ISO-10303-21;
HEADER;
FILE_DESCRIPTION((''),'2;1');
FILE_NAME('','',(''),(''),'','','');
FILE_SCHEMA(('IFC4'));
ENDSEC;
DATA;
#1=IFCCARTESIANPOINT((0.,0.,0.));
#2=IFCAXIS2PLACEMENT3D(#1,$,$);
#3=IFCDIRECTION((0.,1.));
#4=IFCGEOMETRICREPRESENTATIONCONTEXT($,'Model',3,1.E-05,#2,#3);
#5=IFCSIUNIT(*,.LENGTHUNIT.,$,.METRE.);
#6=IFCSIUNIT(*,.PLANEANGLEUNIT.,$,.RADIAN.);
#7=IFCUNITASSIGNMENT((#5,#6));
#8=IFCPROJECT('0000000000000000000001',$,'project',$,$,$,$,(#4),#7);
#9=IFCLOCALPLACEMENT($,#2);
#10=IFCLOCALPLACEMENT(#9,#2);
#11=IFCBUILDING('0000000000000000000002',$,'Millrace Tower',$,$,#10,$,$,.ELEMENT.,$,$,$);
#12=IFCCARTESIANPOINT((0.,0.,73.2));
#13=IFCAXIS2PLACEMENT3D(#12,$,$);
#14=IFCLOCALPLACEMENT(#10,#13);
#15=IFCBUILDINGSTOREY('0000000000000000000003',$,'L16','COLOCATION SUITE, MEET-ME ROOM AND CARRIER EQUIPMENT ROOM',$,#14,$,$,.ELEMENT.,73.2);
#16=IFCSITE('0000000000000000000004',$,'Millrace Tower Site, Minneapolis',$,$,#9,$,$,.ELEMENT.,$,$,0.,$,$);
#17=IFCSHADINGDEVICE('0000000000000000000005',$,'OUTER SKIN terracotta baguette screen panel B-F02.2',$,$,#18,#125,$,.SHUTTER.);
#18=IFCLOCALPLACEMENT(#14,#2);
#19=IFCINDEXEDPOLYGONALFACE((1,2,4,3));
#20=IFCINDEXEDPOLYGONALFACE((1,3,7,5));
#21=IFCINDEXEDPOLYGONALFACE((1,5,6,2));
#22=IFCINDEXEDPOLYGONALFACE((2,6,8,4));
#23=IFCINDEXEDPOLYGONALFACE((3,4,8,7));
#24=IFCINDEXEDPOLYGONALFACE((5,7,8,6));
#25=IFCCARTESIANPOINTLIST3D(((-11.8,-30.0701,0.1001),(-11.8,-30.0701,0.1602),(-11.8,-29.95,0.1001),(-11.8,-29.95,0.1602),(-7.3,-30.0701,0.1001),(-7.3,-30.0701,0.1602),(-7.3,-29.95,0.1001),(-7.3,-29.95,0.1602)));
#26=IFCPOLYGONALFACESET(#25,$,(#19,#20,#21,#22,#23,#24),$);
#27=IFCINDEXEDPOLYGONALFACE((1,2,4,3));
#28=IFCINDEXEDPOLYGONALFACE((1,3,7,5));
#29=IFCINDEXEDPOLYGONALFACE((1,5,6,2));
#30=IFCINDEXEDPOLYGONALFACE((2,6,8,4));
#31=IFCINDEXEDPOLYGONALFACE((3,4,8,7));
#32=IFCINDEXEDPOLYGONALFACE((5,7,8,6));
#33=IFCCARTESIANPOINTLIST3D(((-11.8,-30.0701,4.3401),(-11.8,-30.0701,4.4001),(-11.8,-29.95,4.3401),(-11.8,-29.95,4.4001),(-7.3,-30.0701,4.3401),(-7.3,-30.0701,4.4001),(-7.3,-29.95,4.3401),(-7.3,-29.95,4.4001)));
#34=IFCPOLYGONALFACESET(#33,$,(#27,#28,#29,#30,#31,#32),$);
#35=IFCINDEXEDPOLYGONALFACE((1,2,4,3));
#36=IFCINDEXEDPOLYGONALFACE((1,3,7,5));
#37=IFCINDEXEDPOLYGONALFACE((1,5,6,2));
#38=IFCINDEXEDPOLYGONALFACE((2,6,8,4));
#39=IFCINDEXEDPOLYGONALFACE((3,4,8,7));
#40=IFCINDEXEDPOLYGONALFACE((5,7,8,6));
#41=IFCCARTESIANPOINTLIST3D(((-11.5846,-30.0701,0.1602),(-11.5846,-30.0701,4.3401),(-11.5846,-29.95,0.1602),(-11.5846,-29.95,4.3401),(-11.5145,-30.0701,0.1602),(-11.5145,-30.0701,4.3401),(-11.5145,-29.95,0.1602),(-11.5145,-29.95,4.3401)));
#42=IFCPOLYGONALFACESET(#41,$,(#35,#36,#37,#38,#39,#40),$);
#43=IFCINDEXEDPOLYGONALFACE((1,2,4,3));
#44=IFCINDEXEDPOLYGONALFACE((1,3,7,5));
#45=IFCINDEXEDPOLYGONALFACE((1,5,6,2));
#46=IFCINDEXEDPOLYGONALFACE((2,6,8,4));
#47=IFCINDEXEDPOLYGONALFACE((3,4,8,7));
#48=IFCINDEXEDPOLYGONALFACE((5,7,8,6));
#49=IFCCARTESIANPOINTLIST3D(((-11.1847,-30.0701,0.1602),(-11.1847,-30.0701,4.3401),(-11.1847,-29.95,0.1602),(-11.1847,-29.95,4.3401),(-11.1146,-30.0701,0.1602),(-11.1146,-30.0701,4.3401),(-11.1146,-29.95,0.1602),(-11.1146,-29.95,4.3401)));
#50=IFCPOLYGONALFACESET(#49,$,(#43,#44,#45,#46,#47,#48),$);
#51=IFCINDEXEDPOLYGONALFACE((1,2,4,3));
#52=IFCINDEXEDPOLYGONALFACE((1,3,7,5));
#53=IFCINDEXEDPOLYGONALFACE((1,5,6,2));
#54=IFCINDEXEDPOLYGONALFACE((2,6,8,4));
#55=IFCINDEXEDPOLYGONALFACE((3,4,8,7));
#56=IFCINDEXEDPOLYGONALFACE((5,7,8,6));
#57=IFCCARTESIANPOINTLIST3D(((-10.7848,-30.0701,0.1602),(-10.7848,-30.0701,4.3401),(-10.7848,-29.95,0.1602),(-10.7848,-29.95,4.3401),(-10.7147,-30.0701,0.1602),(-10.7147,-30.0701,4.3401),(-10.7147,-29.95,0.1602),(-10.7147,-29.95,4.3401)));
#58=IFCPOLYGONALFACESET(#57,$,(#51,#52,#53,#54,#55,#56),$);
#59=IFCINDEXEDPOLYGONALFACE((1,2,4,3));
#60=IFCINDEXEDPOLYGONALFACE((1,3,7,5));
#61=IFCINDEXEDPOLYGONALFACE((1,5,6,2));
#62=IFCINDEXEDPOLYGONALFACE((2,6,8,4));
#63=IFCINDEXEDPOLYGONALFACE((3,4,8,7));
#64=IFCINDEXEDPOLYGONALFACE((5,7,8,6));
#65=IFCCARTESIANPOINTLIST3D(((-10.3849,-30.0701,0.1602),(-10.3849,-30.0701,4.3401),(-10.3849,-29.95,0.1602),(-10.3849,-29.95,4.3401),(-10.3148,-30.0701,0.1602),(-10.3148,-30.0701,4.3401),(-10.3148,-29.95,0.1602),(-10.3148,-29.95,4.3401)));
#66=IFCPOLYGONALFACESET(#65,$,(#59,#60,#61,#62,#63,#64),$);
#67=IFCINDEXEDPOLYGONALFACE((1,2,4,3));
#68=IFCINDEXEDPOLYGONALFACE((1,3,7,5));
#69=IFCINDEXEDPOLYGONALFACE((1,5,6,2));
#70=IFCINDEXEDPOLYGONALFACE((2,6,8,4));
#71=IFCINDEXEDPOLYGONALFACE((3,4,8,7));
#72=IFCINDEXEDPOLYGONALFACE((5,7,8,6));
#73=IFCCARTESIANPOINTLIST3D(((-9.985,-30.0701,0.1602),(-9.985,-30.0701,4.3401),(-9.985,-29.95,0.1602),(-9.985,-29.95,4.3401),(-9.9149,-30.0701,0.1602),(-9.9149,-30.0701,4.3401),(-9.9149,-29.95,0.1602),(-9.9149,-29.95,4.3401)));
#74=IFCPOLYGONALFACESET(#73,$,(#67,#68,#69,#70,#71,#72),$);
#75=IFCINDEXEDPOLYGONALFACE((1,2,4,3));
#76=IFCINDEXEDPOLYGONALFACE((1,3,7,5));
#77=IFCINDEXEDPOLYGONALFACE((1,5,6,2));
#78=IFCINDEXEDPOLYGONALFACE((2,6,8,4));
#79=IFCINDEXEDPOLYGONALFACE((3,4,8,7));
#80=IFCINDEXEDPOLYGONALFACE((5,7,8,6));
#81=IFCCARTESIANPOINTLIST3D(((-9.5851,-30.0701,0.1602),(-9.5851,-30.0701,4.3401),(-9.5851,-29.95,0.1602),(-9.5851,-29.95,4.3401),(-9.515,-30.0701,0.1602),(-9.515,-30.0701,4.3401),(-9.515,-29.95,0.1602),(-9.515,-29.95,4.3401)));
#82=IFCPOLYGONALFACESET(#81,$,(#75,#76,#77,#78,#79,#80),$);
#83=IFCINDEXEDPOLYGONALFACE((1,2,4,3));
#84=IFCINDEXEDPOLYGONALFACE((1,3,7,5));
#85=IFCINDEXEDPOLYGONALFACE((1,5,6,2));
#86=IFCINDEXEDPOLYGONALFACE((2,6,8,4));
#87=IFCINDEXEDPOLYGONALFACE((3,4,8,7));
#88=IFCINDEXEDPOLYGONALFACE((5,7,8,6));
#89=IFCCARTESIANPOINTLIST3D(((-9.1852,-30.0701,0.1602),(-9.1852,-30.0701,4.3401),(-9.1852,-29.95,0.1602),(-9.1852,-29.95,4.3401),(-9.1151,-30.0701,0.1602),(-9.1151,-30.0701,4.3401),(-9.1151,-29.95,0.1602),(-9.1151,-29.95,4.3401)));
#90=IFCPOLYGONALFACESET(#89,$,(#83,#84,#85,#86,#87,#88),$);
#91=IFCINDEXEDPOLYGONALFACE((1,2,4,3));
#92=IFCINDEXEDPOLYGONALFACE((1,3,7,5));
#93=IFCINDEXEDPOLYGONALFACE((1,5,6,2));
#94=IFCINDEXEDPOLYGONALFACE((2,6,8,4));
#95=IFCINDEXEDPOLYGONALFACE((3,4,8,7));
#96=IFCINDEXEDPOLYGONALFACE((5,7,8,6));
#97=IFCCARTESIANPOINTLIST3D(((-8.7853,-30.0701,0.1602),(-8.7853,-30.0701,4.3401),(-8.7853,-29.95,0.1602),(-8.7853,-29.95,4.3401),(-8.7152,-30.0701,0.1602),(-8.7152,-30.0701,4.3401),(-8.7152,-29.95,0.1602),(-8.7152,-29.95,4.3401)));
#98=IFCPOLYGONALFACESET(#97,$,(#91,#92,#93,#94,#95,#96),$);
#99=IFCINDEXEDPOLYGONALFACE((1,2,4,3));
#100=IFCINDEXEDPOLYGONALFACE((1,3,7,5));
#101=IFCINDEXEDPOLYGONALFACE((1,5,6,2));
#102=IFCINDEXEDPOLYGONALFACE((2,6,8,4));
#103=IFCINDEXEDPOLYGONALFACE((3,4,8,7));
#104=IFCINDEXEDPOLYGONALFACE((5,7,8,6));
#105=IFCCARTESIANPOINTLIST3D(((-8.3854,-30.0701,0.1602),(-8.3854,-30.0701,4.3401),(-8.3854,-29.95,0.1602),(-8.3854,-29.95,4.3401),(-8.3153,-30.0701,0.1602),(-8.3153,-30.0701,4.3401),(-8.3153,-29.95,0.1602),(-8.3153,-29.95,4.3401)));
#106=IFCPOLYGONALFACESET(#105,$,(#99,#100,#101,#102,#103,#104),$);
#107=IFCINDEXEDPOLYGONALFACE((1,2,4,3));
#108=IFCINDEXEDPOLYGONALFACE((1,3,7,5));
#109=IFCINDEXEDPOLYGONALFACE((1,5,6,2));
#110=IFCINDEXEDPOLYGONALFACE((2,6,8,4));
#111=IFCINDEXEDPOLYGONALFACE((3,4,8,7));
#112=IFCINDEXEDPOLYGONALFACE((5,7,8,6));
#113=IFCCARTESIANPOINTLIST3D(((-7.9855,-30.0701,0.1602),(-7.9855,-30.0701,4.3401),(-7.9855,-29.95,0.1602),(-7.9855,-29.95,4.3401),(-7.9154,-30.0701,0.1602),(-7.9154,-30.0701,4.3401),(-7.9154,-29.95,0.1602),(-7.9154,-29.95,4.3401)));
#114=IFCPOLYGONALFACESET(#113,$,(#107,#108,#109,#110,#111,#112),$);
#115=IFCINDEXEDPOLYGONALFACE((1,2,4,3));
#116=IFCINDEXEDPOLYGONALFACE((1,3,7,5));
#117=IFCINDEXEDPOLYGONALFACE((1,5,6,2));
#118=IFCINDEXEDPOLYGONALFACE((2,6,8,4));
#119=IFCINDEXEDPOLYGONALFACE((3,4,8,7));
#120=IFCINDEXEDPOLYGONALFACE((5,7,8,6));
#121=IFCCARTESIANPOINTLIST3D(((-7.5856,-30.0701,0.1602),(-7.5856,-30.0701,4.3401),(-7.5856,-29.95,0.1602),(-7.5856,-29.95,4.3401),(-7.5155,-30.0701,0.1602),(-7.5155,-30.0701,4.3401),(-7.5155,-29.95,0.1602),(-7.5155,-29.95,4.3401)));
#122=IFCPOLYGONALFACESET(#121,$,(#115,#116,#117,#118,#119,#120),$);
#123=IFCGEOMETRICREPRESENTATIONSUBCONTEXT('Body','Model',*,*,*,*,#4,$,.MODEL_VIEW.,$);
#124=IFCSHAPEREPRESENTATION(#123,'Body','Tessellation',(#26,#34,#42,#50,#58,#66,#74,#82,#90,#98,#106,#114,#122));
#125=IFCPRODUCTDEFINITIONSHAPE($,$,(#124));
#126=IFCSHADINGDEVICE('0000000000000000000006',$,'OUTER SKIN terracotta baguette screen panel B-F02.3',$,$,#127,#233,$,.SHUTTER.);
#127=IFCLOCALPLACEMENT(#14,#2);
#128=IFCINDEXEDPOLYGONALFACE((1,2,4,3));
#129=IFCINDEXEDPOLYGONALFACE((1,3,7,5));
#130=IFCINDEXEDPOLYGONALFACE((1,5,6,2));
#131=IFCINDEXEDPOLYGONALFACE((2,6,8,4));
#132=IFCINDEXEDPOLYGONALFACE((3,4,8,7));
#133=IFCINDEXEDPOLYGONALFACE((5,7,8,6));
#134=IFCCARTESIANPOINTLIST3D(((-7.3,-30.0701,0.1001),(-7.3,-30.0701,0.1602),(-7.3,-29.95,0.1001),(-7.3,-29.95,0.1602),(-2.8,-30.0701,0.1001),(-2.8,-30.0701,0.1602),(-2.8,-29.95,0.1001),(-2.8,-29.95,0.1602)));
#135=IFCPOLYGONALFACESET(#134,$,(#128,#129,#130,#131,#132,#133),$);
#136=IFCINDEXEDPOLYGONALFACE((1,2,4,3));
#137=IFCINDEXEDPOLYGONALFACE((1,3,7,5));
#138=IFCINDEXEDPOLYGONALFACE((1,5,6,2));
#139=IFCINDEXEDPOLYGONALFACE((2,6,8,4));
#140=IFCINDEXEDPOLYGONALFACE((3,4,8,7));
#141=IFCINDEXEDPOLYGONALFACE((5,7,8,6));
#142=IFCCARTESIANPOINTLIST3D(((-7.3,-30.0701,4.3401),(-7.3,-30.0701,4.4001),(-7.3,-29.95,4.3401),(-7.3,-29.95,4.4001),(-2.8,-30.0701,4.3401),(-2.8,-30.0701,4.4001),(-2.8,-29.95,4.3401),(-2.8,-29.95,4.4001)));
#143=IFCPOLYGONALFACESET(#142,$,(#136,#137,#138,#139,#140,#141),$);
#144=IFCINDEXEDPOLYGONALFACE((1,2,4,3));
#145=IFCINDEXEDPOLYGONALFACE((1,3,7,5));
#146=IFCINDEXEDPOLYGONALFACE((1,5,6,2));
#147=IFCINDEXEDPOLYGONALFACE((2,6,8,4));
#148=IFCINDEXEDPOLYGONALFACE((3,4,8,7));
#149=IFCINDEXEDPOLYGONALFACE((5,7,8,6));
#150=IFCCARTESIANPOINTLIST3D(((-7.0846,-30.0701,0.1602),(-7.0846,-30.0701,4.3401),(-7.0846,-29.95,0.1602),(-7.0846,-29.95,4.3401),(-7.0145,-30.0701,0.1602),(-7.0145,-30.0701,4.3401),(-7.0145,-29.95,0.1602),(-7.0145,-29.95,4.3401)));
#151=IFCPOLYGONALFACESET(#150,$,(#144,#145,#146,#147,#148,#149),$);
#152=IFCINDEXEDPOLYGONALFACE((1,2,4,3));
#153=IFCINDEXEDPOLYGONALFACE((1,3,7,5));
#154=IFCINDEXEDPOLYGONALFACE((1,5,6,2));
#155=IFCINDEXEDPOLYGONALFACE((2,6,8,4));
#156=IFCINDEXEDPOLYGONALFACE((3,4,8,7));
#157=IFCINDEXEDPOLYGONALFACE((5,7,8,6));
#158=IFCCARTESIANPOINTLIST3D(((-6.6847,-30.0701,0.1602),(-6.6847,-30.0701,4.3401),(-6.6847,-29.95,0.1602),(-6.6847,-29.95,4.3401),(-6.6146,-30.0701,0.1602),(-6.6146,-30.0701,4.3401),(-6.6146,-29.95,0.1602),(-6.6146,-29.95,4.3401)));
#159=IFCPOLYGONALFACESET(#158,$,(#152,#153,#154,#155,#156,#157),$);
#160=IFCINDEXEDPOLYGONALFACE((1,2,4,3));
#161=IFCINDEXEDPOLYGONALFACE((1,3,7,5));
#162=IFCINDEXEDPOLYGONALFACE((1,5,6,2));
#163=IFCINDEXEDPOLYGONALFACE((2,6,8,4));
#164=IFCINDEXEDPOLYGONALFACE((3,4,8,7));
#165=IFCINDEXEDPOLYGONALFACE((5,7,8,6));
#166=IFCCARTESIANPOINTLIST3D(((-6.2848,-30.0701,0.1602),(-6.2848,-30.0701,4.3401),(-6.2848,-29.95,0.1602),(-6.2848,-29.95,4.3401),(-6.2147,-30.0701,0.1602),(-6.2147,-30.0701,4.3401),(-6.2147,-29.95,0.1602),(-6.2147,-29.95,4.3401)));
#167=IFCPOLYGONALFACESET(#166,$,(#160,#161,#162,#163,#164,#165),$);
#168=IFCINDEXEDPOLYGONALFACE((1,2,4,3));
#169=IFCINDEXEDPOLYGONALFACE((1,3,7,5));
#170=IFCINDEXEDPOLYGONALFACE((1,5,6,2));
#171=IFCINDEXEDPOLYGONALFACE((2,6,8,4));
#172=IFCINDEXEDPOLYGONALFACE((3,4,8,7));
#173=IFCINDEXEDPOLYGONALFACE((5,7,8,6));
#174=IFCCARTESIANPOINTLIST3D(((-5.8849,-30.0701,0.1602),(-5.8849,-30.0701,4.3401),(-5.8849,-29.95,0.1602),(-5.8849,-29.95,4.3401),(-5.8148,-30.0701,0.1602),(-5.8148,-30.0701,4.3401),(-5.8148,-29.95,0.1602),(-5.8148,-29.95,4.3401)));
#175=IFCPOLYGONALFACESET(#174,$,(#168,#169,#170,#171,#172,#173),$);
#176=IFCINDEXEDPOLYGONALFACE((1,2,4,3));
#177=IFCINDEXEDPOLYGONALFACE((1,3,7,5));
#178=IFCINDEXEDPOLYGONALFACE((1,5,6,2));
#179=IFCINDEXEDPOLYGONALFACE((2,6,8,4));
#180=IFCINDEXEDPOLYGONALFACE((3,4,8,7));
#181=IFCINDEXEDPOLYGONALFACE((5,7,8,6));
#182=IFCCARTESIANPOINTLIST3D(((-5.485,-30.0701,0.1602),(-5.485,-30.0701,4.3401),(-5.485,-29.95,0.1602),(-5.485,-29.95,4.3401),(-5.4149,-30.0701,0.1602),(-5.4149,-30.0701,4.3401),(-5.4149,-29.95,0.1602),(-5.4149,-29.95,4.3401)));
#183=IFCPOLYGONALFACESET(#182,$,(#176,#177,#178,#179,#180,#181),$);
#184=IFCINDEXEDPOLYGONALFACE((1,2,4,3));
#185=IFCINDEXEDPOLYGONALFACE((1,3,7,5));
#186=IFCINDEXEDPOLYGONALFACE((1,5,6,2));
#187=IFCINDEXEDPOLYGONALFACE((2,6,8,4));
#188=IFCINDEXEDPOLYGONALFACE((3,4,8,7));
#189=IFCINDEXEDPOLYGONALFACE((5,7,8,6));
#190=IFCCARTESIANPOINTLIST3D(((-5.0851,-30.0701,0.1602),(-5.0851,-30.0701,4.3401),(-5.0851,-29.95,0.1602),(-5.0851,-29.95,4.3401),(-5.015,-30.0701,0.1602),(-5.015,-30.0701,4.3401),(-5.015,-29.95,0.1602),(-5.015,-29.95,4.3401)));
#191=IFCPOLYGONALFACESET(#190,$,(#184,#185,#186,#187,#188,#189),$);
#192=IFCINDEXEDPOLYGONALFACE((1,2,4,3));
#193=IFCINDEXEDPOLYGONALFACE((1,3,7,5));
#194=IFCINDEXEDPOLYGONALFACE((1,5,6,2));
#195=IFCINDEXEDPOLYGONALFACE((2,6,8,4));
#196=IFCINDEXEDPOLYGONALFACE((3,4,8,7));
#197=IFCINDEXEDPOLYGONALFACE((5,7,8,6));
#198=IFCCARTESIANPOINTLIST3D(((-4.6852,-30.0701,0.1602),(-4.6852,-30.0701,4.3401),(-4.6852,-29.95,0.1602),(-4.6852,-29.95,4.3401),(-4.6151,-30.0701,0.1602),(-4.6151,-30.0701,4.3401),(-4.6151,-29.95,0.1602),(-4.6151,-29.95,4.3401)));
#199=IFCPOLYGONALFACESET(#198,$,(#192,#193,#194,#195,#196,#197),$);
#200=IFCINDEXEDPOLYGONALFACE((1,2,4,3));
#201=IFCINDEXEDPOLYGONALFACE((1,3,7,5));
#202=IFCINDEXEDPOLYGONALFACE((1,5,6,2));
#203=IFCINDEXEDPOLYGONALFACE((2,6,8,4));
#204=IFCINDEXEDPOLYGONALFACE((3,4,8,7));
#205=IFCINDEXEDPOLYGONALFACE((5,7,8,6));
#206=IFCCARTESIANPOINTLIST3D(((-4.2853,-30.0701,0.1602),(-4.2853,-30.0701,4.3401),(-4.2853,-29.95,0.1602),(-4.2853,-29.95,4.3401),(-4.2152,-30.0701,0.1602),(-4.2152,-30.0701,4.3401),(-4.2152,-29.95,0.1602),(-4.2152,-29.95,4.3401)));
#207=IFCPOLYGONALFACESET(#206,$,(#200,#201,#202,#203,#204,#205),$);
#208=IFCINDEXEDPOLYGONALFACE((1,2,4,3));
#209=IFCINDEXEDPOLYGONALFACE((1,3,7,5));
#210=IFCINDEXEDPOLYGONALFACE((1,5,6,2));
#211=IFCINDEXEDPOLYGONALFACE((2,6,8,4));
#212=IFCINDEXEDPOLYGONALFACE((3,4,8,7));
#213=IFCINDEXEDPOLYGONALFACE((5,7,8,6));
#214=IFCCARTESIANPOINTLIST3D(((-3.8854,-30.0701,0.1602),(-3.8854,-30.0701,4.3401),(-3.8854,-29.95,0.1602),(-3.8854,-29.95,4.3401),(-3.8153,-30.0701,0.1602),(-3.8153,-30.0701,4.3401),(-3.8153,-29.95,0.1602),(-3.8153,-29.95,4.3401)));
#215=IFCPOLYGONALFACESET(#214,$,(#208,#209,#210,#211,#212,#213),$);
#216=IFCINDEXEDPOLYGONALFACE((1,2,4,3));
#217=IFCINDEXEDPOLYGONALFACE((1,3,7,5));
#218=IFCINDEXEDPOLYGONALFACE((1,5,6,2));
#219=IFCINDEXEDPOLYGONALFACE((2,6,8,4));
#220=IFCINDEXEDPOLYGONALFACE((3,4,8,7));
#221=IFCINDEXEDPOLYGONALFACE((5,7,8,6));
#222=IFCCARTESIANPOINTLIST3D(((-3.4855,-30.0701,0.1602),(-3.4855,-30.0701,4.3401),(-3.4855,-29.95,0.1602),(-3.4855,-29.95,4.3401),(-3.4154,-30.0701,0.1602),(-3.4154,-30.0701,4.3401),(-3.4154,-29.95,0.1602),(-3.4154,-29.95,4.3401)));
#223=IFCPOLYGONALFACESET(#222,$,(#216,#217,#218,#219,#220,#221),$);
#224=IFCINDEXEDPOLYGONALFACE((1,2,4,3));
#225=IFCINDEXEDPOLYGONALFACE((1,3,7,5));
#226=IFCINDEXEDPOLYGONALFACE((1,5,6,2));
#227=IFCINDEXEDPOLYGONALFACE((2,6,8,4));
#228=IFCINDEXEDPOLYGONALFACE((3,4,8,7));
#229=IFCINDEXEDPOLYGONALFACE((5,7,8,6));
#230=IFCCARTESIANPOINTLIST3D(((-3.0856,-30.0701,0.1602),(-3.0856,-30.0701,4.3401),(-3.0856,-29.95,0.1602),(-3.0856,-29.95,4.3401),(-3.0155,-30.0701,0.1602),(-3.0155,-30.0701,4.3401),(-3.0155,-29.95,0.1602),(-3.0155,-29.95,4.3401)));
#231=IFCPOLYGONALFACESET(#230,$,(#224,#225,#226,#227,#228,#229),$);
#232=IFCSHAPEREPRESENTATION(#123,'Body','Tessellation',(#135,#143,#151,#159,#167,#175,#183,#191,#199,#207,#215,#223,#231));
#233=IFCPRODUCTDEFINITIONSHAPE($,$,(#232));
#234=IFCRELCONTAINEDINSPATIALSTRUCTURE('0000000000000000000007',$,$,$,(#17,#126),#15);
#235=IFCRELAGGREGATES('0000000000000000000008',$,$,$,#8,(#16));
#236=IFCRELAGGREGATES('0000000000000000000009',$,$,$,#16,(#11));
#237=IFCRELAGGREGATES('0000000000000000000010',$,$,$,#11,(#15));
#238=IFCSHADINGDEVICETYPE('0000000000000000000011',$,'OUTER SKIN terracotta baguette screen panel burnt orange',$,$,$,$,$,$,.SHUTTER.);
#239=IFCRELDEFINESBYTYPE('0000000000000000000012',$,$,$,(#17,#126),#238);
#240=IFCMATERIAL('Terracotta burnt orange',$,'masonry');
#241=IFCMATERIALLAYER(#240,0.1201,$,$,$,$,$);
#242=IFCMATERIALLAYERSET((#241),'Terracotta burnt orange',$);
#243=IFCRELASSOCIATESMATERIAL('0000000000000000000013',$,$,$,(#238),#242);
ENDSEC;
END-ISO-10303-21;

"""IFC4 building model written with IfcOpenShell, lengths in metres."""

from ifc_helpers import new_model, entity, si_unit, direction, frame, frame_2d, origin, origin_2d, place, context, subcontext, project, spatial, rectangle, extrude, source, transform, mapped, material, layer, layer_set, type_object, element, save


model = new_model("IFC4")

# Units and contexts
model_context = context("Model", 3, precision=1e-05, world=origin(), true_north=direction((0.0, 1.0)))
body_context = subcontext(model_context, "Body", "Model", "MODEL_VIEW")
ifc_project = project(units=[si_unit("LENGTHUNIT", "METRE"), si_unit("PLANEANGLEUNIT", "RADIAN")], contexts=[model_context])

# Site, building, storey
site_placement = place(None, origin())
site = spatial("IfcSite", under=ifc_project, at=site_placement, Name="Millrace Tower Site, Minneapolis", CompositionType="ELEMENT", RefElevation=0.0)
building_placement = place(site_placement, origin())
building = spatial("IfcBuilding", under=site, at=building_placement, Name="Millrace Tower", CompositionType="ELEMENT")
storey_placement = place(building_placement, frame((0.0, 0.0, 73.2)))
storey = spatial("IfcBuildingStorey", under=building, at=storey_placement, Name="L16", Description="COLOCATION SUITE, MEET-ME ROOM AND CARRIER EQUIPMENT ROOM", CompositionType="ELEMENT", Elevation=73.2)

# Shading devices
ifc_material_1 = material(Name="Terracotta burnt orange", Category="masonry")
ifc_layer_1 = layer(ifc_material_1, 0.1201)
ifc_layer_set_1 = layer_set([ifc_layer_1], Name="Terracotta burnt orange")
shading_device_type = type_object("IfcShadingDeviceType", Name="OUTER SKIN terracotta baguette screen panel burnt orange", PredefinedType="SHUTTER", material=ifc_layer_set_1)
cartesian_point_1 = entity("IfcCartesianPoint", [-2.25, 0.0601])
shared_polyline_1 = entity("IfcPolyline", [cartesian_point_1, entity("IfcCartesianPoint", [2.25, 0.0601]), entity("IfcCartesianPoint", [2.25, -0.0601]), entity("IfcCartesianPoint", [-2.25, -0.0601]), cartesian_point_1])
shared_shape_1 = source(origin(), body_context, "Body", "SweptSolid", [
    entity("IfcExtrudedAreaSolid", entity("IfcArbitraryClosedProfileDef", "AREA", None, shared_polyline_1), entity("IfcAxis2Placement3D", entity("IfcCartesianPoint", [0.0, 0.0, 0.0])), entity("IfcDirection", [0.0, 0.0, 1.0]), 0.0601),
    entity("IfcExtrudedAreaSolid", entity("IfcArbitraryClosedProfileDef", "AREA", None, shared_polyline_1), entity("IfcAxis2Placement3D", entity("IfcCartesianPoint", [0.0, 0.0, 4.24])), entity("IfcDirection", [0.0, 0.0, 1.0]), 0.0601),
    extrude(rectangle(XDim=0.0701, YDim=0.1201, at=frame_2d((-1.9995, 0.0))), frame((0.0, 0.0, 0.0601)), (0.0, 0.0, 1.0), 4.1799),
    extrude(rectangle(XDim=0.0701, YDim=0.1201, at=frame_2d((-1.5996, 0.0))), frame((0.0, 0.0, 0.0601)), (0.0, 0.0, 1.0), 4.1799),
    extrude(rectangle(XDim=0.0701, YDim=0.1201, at=frame_2d((-1.1997, 0.0))), frame((0.0, 0.0, 0.0601)), (0.0, 0.0, 1.0), 4.1799),
    extrude(rectangle(XDim=0.0701, YDim=0.1201, at=frame_2d((-0.7998, 0.0))), frame((0.0, 0.0, 0.0601)), (0.0, 0.0, 1.0), 4.1799),
    extrude(rectangle(XDim=0.0701, YDim=0.1201, at=frame_2d((-0.3999, 0.0))), frame((0.0, 0.0, 0.0601)), (0.0, 0.0, 1.0), 4.1799),
    extrude(rectangle(XDim=0.0701, YDim=0.1201, at=origin_2d()), frame((0.0, 0.0, 0.0601)), (0.0, 0.0, 1.0), 4.1799),
    extrude(rectangle(XDim=0.0701, YDim=0.1201, at=frame_2d((0.3999, 0.0))), frame((0.0, 0.0, 0.0601)), (0.0, 0.0, 1.0), 4.1799),
    extrude(rectangle(XDim=0.0701, YDim=0.1201, at=frame_2d((0.7998, 0.0))), frame((0.0, 0.0, 0.0601)), (0.0, 0.0, 1.0), 4.1799),
    extrude(rectangle(XDim=0.0701, YDim=0.1201, at=frame_2d((1.1997, 0.0))), frame((0.0, 0.0, 0.0601)), (0.0, 0.0, 1.0), 4.1799),
    extrude(rectangle(XDim=0.0701, YDim=0.1201, at=frame_2d((1.5996, 0.0))), frame((0.0, 0.0, 0.0601)), (0.0, 0.0, 1.0), 4.1799),
    extrude(rectangle(XDim=0.0701, YDim=0.1201, at=frame_2d((1.9995, 0.0))), frame((0.0, 0.0, 0.0601)), (0.0, 0.0, 1.0), 4.1799),
])
for number, where, z_axis, x_axis, name in (
    (1, (-9.55, -30.01, 0.1001), (0.0, 0.0, 1.0), (1.0, 0.0, 0.0), "OUTER SKIN terracotta baguette screen panel B-F02.2"),
    (2, (-5.05, -30.01, 0.1001), (0.0, 0.0, 1.0), (1.0, 0.0, 0.0), "OUTER SKIN terracotta baguette screen panel B-F02.3"),
):
    element("IfcShadingDevice", number, at=place(storey_placement, frame(where, z_axis=z_axis, x_axis=x_axis)), inside=storey, type_object=shading_device_type, Name=name, PredefinedType="SHUTTER", context=body_context, shape_type="MappedRepresentation", body=[
        mapped(shared_shape_1, transform((0.0, 0.0, 0.0), scale=1.0)),
    ])

save(model, "model.ifc")
